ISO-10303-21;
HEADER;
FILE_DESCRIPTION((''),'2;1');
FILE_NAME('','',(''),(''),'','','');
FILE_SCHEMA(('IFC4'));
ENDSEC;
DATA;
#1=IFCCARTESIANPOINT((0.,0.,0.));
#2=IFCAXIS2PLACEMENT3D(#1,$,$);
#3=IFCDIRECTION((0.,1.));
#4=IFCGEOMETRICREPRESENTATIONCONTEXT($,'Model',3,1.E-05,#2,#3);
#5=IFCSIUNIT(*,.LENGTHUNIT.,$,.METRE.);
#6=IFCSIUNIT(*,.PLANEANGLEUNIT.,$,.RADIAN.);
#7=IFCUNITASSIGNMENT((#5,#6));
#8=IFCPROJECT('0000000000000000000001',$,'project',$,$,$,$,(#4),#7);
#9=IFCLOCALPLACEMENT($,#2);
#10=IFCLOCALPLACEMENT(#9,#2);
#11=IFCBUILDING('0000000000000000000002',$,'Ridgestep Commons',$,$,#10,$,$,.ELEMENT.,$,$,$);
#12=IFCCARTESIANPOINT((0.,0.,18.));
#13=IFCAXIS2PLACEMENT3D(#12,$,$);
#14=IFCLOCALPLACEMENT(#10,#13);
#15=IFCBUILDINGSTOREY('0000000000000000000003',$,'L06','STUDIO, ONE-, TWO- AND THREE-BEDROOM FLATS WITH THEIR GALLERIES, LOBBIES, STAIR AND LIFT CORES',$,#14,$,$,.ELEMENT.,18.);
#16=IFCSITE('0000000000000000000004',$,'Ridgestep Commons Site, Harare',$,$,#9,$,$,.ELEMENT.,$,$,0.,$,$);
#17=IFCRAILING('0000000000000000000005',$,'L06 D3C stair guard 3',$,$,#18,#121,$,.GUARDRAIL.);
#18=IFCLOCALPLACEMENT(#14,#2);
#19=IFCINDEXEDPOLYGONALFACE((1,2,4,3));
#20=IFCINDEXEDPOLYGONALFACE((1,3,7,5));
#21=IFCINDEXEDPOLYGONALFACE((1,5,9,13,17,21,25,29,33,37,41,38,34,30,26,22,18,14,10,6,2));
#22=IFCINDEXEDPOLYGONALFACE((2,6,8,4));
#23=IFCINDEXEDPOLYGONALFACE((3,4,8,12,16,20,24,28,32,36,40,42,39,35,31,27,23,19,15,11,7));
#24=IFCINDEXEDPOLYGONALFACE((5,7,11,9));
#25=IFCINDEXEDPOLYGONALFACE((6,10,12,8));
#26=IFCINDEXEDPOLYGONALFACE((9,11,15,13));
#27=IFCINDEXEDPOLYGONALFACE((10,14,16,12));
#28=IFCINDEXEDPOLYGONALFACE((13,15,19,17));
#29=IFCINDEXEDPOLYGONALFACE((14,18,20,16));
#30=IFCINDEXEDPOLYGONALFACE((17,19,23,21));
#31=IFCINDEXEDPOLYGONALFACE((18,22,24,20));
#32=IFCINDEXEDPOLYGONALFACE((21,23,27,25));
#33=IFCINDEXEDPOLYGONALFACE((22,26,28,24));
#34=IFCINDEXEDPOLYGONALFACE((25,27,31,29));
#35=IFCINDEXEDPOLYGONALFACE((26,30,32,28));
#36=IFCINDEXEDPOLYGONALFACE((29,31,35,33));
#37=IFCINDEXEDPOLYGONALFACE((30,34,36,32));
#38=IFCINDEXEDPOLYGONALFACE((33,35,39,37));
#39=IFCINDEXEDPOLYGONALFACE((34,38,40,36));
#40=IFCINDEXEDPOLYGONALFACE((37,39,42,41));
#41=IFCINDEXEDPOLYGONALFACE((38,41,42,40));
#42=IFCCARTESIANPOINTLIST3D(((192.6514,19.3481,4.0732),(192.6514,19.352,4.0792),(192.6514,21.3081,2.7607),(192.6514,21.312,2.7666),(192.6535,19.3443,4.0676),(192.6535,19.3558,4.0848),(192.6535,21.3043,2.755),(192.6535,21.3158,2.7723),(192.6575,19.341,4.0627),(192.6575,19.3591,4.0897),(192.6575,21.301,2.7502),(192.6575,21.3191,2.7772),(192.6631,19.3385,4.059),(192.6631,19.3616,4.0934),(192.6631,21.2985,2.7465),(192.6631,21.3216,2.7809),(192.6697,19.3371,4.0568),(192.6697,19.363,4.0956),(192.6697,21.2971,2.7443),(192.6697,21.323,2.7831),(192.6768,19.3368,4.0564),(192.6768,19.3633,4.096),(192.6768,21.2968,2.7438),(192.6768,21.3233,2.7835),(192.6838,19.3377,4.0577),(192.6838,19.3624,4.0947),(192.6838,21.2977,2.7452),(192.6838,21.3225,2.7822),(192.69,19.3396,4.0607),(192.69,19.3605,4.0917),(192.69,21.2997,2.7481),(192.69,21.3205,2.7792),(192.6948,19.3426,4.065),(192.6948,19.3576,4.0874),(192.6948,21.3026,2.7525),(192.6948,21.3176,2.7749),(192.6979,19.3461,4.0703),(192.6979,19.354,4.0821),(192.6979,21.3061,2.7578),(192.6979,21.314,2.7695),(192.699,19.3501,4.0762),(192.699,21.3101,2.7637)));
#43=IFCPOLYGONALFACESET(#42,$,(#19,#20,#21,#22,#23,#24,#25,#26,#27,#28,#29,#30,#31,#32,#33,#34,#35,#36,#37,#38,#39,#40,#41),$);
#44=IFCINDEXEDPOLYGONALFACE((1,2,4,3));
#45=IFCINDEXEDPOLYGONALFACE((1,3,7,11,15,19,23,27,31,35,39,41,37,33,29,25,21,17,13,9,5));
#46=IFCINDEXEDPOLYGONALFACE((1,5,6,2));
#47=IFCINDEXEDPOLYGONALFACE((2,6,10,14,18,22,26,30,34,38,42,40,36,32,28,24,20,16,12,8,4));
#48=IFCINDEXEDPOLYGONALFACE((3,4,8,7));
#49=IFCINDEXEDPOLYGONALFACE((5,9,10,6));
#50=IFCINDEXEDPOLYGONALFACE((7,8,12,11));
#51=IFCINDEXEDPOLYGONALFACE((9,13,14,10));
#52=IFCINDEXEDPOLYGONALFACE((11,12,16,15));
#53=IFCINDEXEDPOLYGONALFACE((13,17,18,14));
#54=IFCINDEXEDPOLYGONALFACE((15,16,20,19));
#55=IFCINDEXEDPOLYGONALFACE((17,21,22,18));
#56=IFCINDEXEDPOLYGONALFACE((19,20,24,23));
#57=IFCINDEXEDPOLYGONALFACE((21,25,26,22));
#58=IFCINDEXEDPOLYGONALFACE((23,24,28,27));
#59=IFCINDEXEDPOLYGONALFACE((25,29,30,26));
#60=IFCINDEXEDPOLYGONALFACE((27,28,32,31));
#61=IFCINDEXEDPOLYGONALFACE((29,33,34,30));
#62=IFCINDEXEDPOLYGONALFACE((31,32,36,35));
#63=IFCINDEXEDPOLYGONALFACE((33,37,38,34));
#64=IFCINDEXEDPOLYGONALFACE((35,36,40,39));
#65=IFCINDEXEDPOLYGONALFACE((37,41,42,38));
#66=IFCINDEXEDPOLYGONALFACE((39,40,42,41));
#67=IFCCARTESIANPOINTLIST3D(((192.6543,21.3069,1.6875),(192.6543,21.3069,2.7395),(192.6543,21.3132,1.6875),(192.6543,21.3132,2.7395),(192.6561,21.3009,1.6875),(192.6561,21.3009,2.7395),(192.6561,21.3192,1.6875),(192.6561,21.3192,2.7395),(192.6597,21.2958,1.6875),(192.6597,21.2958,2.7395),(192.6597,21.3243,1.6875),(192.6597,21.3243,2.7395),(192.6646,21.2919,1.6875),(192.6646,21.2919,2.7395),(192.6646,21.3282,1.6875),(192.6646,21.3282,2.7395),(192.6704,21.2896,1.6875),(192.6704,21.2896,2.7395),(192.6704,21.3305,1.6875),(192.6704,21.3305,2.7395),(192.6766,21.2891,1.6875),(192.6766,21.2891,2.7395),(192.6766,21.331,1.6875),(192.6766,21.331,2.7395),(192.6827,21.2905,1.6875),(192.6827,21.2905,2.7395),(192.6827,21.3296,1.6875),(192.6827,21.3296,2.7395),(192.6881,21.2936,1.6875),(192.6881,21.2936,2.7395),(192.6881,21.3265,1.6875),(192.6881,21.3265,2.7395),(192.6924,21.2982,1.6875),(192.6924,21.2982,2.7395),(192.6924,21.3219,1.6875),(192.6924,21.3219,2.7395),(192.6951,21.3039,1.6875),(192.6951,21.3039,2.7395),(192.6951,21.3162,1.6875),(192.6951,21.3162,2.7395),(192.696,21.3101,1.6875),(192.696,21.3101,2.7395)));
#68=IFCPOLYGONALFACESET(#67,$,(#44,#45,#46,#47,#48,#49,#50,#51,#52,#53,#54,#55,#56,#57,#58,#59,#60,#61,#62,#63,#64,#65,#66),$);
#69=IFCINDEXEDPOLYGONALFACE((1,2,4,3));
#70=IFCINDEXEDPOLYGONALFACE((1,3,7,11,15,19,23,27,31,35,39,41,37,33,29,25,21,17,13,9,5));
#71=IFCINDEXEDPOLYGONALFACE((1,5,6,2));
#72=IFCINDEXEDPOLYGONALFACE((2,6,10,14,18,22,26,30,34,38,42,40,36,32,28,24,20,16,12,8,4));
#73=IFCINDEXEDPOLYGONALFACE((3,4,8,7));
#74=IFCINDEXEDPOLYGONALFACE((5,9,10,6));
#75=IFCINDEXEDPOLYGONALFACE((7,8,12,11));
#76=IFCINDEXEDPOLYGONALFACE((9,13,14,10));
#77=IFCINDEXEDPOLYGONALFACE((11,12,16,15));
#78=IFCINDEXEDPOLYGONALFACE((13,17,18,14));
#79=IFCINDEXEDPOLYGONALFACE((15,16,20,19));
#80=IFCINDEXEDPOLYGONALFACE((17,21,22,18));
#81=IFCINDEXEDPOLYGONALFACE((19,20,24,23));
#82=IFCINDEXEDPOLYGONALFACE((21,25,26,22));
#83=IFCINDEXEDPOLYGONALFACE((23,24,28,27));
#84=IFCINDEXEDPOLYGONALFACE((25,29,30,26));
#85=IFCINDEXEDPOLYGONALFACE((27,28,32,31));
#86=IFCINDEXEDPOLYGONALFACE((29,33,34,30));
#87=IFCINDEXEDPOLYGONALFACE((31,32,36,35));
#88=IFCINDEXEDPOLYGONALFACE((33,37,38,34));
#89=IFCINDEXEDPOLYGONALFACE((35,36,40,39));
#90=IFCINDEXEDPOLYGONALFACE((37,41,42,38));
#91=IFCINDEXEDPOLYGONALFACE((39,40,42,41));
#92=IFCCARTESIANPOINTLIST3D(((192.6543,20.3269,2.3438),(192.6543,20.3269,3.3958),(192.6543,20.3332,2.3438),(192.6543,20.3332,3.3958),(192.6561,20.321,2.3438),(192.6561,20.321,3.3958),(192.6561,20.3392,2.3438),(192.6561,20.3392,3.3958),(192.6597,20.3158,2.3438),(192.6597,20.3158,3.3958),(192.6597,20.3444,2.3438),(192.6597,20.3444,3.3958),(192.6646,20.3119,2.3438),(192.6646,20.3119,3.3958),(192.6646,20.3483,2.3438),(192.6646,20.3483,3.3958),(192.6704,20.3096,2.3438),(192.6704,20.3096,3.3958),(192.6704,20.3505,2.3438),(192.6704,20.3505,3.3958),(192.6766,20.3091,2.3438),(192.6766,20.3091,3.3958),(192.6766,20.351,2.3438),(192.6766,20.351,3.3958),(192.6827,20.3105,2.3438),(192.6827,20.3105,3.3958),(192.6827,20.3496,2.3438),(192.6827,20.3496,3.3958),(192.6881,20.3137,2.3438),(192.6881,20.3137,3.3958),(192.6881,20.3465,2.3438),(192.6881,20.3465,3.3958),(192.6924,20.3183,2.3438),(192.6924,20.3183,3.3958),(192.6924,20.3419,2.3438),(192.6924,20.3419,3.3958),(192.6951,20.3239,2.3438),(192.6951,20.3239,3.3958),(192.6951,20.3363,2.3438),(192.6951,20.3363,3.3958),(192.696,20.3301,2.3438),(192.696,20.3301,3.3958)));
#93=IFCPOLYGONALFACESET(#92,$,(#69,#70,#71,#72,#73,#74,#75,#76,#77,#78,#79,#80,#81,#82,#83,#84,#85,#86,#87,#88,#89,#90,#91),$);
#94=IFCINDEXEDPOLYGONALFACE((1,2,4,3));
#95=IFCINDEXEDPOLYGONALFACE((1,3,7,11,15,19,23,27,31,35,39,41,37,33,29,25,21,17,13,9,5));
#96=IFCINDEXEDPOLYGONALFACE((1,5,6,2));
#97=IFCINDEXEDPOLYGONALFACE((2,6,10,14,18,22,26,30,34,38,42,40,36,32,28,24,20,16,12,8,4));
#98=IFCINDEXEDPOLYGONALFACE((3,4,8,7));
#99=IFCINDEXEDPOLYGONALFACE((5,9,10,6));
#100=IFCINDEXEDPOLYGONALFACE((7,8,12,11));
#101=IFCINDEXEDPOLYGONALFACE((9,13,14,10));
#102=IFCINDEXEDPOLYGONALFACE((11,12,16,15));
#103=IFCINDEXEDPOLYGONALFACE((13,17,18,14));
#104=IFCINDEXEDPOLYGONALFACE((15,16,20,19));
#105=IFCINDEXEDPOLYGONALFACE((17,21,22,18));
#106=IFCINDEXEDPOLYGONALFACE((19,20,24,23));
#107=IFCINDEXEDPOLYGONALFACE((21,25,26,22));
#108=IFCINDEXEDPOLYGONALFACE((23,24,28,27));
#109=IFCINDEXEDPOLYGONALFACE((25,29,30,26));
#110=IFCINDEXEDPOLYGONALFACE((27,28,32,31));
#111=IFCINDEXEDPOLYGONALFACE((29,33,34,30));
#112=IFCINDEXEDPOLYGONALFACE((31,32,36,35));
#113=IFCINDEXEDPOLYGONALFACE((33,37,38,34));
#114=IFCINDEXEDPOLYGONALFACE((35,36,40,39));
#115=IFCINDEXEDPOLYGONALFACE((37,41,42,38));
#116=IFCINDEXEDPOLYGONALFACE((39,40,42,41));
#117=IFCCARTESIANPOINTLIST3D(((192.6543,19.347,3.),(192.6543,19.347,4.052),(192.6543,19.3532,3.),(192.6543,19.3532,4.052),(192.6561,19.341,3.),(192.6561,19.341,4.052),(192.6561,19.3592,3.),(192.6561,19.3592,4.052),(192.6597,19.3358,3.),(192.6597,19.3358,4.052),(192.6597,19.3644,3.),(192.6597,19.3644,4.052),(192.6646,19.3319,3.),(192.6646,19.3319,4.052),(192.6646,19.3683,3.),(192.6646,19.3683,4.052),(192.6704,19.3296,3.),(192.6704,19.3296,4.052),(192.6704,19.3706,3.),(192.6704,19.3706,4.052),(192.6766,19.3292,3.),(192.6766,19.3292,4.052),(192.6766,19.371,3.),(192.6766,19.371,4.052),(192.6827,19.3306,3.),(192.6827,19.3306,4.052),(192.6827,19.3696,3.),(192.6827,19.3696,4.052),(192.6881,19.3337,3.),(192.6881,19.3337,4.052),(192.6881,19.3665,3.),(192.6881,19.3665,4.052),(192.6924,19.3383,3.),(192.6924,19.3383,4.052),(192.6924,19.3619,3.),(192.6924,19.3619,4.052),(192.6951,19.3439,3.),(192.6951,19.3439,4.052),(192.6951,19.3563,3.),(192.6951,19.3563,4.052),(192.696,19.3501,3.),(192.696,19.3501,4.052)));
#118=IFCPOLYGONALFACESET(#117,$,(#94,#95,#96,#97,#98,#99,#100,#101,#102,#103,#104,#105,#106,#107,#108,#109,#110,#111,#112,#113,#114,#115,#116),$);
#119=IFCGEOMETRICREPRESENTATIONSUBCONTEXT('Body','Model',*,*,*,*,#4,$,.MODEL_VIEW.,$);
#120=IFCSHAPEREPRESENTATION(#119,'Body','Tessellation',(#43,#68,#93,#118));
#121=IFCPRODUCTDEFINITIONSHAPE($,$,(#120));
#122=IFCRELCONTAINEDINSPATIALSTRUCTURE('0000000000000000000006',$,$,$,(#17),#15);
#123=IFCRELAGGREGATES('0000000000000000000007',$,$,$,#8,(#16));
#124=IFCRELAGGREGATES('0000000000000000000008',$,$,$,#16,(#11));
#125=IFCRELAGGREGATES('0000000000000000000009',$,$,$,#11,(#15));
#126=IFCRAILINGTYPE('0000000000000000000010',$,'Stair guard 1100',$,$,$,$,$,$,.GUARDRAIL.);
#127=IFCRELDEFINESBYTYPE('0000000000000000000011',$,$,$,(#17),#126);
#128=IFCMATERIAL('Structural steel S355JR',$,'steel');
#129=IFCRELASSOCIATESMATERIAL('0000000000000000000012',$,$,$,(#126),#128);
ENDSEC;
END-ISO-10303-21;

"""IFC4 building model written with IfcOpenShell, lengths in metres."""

from ifc_helpers import new_model, si_unit, direction, frame, origin, origin_2d, place, context, subcontext, project, spatial, circle, extrude, material, type_object, element, save


model = new_model("IFC4")

# Units and contexts
model_context = context("Model", 3, precision=1e-05, world=origin(), true_north=direction((0.0, 1.0)))
body_context = subcontext(model_context, "Body", "Model", "MODEL_VIEW")
ifc_project = project(units=[si_unit("LENGTHUNIT", "METRE"), si_unit("PLANEANGLEUNIT", "RADIAN")], contexts=[model_context])

# Site, building, storey
site_placement = place(None, origin())
site = spatial("IfcSite", under=ifc_project, at=site_placement, Name="Ridgestep Commons Site, Harare", CompositionType="ELEMENT", RefElevation=0.0)
building_placement = place(site_placement, origin())
building = spatial("IfcBuilding", under=site, at=building_placement, Name="Ridgestep Commons", CompositionType="ELEMENT")
storey_placement = place(building_placement, frame((0.0, 0.0, 18.0)))
storey = spatial("IfcBuildingStorey", under=building, at=storey_placement, Name="L06", Description="STUDIO, ONE-, TWO- AND THREE-BEDROOM FLATS WITH THEIR GALLERIES, LOBBIES, STAIR AND LIFT CORES", CompositionType="ELEMENT", Elevation=18.0)

# Railing
ifc_material_1 = material(Name="Structural steel S355JR", Category="steel")
railing_type_1 = type_object("IfcRailingType", Name="Stair guard 1100", PredefinedType="GUARDRAIL", material=ifc_material_1)
railing_1_placement = place(storey_placement, frame((192.675, 21.3101, 1.6875)))
element("IfcRailing", 1, at=railing_1_placement, inside=storey, type_object=railing_type_1, Name="L06 D3C stair guard 3", PredefinedType="GUARDRAIL", context=body_context, shape_type="SweptSolid", body=[
    extrude(circle(Radius=0.0239, at=origin_2d()), frame((0.0, 0.0, 1.0762), z_axis=(0.0, -0.830902, 0.556419), x_axis=(1.0, 0.0, 0.0)), (0.0, 0.0, 1.0), 2.3589),
    extrude(circle(Radius=0.021, at=origin_2d()), origin(), (0.0, 0.0, 1.0), 1.052),
    extrude(circle(Radius=0.021, at=origin_2d()), frame((0.0, -0.98, 0.6562)), (0.0, 0.0, 1.0), 1.052),
    extrude(circle(Radius=0.021, at=origin_2d()), frame((0.0, -1.96, 1.3125)), (0.0, 0.0, 1.0), 1.052),
])

save(model, "model.ifc")
